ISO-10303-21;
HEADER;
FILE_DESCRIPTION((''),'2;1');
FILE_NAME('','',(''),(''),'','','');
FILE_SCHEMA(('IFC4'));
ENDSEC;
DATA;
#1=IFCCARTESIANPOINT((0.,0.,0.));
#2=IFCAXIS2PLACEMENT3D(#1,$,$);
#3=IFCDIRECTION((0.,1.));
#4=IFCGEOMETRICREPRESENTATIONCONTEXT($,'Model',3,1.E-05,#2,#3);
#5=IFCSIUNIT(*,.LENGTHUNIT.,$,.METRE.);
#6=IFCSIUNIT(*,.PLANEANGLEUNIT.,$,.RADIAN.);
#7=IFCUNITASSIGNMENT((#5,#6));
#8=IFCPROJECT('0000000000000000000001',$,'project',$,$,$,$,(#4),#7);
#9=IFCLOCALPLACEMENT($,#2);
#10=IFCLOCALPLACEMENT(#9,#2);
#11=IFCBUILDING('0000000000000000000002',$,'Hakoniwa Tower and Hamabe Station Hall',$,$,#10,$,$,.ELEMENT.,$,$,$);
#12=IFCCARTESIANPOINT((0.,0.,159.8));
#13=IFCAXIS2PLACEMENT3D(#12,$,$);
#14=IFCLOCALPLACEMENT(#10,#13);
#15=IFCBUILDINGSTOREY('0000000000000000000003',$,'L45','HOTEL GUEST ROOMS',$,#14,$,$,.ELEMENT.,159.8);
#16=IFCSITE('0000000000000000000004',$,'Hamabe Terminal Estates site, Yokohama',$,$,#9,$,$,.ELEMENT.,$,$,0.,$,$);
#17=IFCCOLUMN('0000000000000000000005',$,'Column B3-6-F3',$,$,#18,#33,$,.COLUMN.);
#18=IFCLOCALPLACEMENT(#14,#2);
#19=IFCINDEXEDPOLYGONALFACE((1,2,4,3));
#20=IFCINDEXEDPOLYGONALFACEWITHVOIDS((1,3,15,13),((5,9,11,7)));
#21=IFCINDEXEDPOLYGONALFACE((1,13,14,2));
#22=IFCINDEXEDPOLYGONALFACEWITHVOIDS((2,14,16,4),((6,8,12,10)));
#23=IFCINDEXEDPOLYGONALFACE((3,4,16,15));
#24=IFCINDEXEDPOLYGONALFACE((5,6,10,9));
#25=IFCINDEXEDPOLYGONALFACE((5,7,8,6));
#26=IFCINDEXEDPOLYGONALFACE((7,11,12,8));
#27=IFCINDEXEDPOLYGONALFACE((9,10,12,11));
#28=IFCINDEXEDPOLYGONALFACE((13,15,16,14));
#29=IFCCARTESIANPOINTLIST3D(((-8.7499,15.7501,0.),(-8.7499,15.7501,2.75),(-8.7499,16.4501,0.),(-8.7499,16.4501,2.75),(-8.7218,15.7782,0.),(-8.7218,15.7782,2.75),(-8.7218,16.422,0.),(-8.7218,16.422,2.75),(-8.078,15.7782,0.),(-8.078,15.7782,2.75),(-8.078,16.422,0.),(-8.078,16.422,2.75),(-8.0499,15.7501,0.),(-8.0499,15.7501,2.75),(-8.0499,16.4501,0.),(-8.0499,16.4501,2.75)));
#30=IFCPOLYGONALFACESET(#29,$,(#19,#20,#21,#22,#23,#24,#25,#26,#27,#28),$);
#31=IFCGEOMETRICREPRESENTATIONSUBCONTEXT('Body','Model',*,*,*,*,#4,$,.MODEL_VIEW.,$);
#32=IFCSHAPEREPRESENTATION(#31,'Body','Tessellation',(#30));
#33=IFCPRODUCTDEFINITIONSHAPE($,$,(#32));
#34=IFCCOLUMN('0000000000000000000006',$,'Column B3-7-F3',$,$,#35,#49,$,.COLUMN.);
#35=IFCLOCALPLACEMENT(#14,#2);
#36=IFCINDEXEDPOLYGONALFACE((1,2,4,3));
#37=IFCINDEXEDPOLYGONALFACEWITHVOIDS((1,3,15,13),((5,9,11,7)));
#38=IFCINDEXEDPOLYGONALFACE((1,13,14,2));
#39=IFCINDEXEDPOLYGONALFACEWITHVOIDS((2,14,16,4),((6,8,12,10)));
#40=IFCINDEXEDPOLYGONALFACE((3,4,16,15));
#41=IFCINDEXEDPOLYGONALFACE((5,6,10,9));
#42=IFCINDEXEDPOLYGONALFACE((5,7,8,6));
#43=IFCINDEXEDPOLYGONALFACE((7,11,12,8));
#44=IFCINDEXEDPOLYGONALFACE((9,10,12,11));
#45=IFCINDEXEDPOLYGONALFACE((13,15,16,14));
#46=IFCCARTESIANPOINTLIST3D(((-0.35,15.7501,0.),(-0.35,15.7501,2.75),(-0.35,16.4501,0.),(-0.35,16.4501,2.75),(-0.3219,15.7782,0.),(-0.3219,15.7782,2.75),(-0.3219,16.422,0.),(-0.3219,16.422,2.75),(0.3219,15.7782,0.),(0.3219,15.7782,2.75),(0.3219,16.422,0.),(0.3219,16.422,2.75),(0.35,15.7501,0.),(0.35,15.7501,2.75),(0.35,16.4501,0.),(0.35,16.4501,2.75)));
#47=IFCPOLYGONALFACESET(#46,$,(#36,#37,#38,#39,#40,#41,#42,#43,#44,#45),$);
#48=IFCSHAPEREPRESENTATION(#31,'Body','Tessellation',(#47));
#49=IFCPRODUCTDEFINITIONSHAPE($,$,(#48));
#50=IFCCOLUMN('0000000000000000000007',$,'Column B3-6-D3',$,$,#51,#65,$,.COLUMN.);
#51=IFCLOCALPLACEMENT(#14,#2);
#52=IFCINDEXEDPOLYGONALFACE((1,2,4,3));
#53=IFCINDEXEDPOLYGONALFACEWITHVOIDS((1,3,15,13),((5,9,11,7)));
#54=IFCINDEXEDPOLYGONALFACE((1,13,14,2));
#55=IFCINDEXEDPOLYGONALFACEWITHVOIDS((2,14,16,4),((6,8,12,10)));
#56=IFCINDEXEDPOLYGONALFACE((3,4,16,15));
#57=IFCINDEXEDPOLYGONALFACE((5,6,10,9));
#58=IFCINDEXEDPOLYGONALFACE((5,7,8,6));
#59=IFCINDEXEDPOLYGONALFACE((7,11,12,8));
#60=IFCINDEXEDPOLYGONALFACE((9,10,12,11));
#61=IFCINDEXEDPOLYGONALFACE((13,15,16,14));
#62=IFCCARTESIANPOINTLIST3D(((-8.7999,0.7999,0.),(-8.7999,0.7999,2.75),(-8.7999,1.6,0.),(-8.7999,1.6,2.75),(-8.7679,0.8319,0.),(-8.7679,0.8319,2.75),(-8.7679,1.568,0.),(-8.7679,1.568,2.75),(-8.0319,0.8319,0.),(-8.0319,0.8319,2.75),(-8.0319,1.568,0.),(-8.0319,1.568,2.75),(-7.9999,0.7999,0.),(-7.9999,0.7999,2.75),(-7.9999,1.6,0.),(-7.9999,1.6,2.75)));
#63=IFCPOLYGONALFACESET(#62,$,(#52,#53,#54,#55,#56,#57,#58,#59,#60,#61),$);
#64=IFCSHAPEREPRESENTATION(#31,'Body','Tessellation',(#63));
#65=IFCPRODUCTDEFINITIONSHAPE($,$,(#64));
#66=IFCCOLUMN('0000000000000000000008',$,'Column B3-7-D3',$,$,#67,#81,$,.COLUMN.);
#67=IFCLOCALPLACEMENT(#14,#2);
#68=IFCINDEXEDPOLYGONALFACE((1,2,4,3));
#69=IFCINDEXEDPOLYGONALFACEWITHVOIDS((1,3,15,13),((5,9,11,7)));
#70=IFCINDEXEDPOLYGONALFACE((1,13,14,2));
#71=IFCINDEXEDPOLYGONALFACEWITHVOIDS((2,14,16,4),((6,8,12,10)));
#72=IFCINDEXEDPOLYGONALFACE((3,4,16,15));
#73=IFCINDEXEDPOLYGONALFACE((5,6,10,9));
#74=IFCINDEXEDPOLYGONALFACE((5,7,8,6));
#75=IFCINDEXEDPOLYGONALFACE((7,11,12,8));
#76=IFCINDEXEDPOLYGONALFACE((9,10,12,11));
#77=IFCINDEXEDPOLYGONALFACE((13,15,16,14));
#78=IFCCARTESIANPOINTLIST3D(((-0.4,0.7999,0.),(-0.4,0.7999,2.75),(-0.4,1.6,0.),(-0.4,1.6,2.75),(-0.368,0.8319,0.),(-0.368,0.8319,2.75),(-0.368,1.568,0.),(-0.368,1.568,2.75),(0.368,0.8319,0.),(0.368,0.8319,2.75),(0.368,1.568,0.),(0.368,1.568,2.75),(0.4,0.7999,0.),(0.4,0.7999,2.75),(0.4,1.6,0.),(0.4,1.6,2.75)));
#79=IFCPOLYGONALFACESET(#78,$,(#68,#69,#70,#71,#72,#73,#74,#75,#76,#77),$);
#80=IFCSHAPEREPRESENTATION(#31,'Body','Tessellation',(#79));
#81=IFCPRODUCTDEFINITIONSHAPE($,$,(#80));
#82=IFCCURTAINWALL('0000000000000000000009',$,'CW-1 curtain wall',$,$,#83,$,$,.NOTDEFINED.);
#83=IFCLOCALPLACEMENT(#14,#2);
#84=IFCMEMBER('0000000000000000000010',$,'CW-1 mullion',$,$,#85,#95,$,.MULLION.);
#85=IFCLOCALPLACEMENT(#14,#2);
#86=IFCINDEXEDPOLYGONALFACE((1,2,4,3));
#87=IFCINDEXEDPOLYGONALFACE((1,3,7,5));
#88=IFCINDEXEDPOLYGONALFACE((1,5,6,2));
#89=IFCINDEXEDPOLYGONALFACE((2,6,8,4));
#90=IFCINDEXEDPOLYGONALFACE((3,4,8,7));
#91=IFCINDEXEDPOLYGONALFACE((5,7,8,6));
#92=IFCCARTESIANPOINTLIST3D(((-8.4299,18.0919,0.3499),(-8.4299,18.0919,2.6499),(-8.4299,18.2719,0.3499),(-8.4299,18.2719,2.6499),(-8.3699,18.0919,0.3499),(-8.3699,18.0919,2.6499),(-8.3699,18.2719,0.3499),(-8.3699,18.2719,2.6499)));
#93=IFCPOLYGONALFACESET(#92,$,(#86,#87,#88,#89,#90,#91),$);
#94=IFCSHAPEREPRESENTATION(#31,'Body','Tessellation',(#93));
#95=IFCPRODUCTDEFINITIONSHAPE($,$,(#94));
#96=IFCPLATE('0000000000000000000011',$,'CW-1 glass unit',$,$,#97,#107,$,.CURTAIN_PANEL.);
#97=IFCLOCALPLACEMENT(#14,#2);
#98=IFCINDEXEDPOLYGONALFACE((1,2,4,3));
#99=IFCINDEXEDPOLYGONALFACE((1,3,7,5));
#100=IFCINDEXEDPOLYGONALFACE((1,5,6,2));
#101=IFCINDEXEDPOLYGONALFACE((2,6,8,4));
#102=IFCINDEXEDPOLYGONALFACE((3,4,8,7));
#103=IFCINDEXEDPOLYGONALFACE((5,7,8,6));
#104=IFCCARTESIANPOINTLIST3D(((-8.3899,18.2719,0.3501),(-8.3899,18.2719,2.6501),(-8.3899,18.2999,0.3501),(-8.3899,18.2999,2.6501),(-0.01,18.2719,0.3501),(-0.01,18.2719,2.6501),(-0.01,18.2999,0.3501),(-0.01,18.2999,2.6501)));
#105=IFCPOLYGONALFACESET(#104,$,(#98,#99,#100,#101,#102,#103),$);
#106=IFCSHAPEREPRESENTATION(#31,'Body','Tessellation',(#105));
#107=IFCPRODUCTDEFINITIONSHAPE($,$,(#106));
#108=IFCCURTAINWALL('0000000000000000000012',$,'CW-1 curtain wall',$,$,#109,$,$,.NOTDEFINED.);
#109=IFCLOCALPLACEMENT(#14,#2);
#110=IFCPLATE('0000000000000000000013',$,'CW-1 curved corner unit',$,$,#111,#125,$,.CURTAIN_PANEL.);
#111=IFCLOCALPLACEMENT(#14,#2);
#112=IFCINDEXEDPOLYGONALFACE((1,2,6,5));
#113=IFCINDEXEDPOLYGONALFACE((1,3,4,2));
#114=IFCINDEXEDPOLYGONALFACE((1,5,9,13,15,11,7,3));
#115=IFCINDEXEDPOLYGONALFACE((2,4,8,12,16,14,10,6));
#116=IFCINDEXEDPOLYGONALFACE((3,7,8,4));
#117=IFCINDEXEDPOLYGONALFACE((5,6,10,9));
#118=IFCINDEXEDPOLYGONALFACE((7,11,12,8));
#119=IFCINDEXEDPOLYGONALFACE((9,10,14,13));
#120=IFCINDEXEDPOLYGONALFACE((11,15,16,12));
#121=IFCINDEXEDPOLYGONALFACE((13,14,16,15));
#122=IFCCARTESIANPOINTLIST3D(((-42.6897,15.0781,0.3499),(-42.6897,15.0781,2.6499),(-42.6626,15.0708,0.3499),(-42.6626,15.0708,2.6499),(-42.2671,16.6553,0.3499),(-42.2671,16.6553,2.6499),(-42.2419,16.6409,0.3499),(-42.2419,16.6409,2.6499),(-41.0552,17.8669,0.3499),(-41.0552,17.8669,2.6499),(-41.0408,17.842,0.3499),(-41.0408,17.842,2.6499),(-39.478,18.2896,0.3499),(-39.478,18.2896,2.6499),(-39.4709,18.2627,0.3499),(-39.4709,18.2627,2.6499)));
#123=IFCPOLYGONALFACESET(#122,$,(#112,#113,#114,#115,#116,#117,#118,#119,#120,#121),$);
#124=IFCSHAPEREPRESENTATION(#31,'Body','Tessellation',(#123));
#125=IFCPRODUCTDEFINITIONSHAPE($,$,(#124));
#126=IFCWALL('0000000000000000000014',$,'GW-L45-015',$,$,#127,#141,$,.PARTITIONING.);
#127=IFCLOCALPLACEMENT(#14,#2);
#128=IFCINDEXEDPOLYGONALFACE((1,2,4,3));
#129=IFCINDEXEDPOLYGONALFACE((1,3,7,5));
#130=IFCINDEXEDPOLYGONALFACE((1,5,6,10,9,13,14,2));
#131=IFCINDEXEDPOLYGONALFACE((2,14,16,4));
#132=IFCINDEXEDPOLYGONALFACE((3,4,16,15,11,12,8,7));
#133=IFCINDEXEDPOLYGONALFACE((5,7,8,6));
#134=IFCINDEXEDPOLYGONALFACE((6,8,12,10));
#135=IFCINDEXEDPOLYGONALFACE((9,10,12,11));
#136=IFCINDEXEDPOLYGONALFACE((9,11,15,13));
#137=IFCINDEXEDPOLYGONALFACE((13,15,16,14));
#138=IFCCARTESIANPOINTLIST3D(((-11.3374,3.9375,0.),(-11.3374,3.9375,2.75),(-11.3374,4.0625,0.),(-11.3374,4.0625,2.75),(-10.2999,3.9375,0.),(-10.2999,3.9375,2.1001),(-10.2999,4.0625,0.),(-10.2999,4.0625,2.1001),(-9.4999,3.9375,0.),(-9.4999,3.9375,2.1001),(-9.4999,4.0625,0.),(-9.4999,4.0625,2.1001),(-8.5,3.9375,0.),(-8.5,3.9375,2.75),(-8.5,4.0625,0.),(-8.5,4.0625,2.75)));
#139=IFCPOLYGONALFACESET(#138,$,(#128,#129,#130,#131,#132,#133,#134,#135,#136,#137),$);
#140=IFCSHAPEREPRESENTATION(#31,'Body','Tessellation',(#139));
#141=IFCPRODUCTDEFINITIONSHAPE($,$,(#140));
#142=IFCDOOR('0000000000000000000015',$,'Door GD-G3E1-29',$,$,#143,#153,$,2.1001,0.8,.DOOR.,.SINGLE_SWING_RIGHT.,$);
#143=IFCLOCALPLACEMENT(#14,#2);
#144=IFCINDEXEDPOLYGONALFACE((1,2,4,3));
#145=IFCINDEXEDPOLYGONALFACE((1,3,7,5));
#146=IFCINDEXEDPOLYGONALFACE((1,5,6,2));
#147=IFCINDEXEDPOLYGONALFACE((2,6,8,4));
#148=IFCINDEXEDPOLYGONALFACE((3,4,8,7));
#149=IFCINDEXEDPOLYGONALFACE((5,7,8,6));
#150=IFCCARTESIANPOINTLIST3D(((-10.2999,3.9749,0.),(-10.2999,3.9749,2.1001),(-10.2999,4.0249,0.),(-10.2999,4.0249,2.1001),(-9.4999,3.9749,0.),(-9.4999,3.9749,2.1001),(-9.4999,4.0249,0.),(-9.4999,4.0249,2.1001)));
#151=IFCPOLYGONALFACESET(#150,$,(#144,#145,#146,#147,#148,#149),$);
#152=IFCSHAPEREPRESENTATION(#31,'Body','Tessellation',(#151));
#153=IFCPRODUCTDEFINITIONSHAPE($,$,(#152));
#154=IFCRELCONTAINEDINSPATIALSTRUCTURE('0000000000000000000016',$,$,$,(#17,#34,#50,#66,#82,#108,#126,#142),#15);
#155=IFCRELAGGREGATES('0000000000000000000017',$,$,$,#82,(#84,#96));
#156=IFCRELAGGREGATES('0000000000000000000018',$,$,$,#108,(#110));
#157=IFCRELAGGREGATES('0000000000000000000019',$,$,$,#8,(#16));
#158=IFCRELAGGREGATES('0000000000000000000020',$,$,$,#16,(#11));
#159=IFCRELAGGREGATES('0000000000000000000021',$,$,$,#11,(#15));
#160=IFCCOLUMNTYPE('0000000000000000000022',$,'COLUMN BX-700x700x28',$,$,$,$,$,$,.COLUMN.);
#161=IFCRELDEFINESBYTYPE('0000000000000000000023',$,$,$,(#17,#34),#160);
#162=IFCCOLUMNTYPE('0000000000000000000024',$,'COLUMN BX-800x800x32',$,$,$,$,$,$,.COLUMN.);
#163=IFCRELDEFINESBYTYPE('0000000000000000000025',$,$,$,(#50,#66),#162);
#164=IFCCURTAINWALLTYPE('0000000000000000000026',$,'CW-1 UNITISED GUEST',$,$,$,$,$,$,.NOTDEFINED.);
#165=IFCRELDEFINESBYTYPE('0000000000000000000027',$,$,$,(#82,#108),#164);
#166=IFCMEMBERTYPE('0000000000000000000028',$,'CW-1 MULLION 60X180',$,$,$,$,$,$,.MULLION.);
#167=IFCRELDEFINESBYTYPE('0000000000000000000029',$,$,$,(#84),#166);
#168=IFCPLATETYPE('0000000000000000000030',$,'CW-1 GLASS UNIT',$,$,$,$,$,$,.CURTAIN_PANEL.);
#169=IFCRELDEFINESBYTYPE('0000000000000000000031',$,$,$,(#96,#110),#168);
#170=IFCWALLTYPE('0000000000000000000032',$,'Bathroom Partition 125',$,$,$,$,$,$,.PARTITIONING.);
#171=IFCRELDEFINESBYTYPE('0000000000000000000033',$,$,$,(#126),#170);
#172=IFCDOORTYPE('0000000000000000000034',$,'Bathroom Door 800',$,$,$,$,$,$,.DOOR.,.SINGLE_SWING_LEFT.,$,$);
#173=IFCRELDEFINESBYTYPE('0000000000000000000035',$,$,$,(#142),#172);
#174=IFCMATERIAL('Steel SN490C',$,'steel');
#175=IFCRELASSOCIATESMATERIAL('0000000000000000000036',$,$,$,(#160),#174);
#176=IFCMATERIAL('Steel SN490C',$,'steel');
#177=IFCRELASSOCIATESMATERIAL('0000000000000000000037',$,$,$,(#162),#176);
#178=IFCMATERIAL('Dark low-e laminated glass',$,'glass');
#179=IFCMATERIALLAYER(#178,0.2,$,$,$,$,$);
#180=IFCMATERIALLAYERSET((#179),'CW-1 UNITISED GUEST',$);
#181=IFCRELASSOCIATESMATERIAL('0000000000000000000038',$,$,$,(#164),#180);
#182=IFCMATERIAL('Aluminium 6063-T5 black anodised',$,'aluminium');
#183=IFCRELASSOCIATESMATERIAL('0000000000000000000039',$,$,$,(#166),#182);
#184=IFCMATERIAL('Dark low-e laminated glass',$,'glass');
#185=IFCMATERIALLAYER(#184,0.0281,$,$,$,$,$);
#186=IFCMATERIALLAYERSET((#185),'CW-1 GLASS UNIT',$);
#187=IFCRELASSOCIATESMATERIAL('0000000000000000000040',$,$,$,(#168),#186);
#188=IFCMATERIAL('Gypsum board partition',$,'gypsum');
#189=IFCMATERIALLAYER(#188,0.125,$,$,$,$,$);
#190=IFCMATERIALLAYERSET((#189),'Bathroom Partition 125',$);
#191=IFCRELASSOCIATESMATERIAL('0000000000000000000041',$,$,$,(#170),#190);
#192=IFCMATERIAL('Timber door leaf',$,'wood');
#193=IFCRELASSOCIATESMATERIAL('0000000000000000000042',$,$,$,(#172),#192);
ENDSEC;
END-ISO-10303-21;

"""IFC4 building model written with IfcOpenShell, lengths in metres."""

from ifc_helpers import new_model, si_unit, direction, frame, frame_2d, origin, origin_2d, place, context, subcontext, project, spatial, polyline, rectangle, hollow_rectangle, outline, extrude, material, layer, layer_set, material_profile, profile_set, type_object, element, fill, aggregate, save


model = new_model("IFC4")

# Units and contexts
model_context = context("Model", 3, precision=1e-05, world=origin(), true_north=direction((0.0, 1.0)))
body_context = subcontext(model_context, "Body", "Model", "MODEL_VIEW")
ifc_project = project(units=[si_unit("LENGTHUNIT", "METRE"), si_unit("PLANEANGLEUNIT", "RADIAN")], contexts=[model_context])

# Site, building, storey
site_placement = place(None, origin())
site = spatial("IfcSite", under=ifc_project, at=site_placement, Name="Hamabe Terminal Estates site, Yokohama", CompositionType="ELEMENT", RefElevation=0.0)
building_placement = place(site_placement, origin())
building = spatial("IfcBuilding", under=site, at=building_placement, Name="Hakoniwa Tower and Hamabe Station Hall", CompositionType="ELEMENT")
storey_placement = place(building_placement, frame((0.0, 0.0, 159.8)))
storey = spatial("IfcBuildingStorey", under=building, at=storey_placement, Name="L45", Description="HOTEL GUEST ROOMS", CompositionType="ELEMENT", Elevation=159.8)

# Columns
ifc_material_1 = material(Name="Steel SN490C", Category="steel")
ifc_material_profile_1 = material_profile(ifc_material_1, hollow_rectangle(XDim=0.7, YDim=0.7, WallThickness=0.0281, at=origin_2d()), Name="BX-700x700x28")
ifc_profile_set_1 = profile_set([ifc_material_profile_1], Name="Steel SN490C")
column_type_1 = type_object("IfcColumnType", Name="COLUMN BX-700x700x28", PredefinedType="COLUMN", material=ifc_profile_set_1)
for number, where, z_axis, x_axis, name in (
    (1, (-8.3999, 16.1001, 0.0), (0.0, 0.0, 1.0), (1.0, 0.0, 0.0), "Column B3-6-F3"),
    (2, (0.0, 16.1001, 0.0), (0.0, 0.0, 1.0), (1.0, 0.0, 0.0), "Column B3-7-F3"),
):
    element("IfcColumn", number, at=place(storey_placement, frame(where, z_axis=z_axis, x_axis=x_axis)), inside=storey, type_object=column_type_1, Name=name, PredefinedType="COLUMN", context=body_context, shape_type="SweptSolid", body=[
        extrude(hollow_rectangle(XDim=0.7, YDim=0.7, WallThickness=0.0281, at=origin_2d()), origin(), (0.0, 0.0, 1.0), 2.75),
    ])
ifc_material_2 = material(Name="Steel SN490C", Category="steel")
ifc_material_profile_2 = material_profile(ifc_material_2, hollow_rectangle(XDim=0.8, YDim=0.8, WallThickness=0.032, at=origin_2d()), Name="BX-800x800x32")
ifc_profile_set_2 = profile_set([ifc_material_profile_2], Name="Steel SN490C")
column_type_2 = type_object("IfcColumnType", Name="COLUMN BX-800x800x32", PredefinedType="COLUMN", material=ifc_profile_set_2)
for number, where, z_axis, x_axis, name in (
    (3, (-8.3999, 1.2, 0.0), (0.0, 0.0, 1.0), (1.0, 0.0, 0.0), "Column B3-6-D3"),
    (4, (0.0, 1.2, 0.0), (0.0, 0.0, 1.0), (1.0, 0.0, 0.0), "Column B3-7-D3"),
):
    element("IfcColumn", number, at=place(storey_placement, frame(where, z_axis=z_axis, x_axis=x_axis)), inside=storey, type_object=column_type_2, Name=name, PredefinedType="COLUMN", context=body_context, shape_type="SweptSolid", body=[
        extrude(hollow_rectangle(XDim=0.8, YDim=0.8, WallThickness=0.032, at=origin_2d()), origin(), (0.0, 0.0, 1.0), 2.75),
    ])

# Curtain wall, member, plate
ifc_material_3 = material(Name="Dark low-e laminated glass", Category="glass")
ifc_layer_1 = layer(ifc_material_3, 0.2)
ifc_layer_set_1 = layer_set([ifc_layer_1], Name="CW-1 UNITISED GUEST")
curtain_wall_type = type_object("IfcCurtainWallType", Name="CW-1 UNITISED GUEST", PredefinedType="NOTDEFINED", material=ifc_layer_set_1)
curtain_wall_1_placement = place(storey_placement, origin())
curtain_wall_1 = element("IfcCurtainWall", 5, at=curtain_wall_1_placement, inside=storey, type_object=curtain_wall_type, Name="CW-1 curtain wall", PredefinedType="NOTDEFINED")
ifc_material_4 = material(Name="Aluminium 6063-T5 black anodised", Category="aluminium")
ifc_material_profile_3 = material_profile(ifc_material_4, rectangle(XDim=0.0601, YDim=0.1799, at=origin_2d()), Name="CW-1 MULLION 60X180")
ifc_profile_set_3 = profile_set([ifc_material_profile_3], Name="Aluminium 6063-T5 black anodised")
member_type = type_object("IfcMemberType", Name="CW-1 MULLION 60X180", PredefinedType="MULLION", material=ifc_profile_set_3)
member_placement = place(storey_placement, frame((-8.3999, 18.1819, 0.3499), z_axis=(0.0, 0.0, 1.0), x_axis=(-1.0, 0.0, 0.0)))
member = element("IfcMember", 6, at=member_placement, type_object=member_type, Name="CW-1 mullion", PredefinedType="MULLION", context=body_context, shape_type="SweptSolid", body=[
    extrude(rectangle(XDim=0.0601, YDim=0.1799, at=origin_2d()), origin(), (0.0, 0.0, 1.0), 2.3),
])
ifc_material_5 = material(Name="Dark low-e laminated glass", Category="glass")
ifc_layer_2 = layer(ifc_material_5, 0.0281)
ifc_layer_set_2 = layer_set([ifc_layer_2], Name="CW-1 GLASS UNIT")
plate_type = type_object("IfcPlateType", Name="CW-1 GLASS UNIT", PredefinedType="CURTAIN_PANEL", material=ifc_layer_set_2)
plate_1_placement = place(storey_placement, frame((-4.2, 18.2859, 0.3501), z_axis=(0.0, 0.0, 1.0), x_axis=(-1.0, 0.0, 0.0)))
plate_1 = element("IfcPlate", 7, at=plate_1_placement, type_object=plate_type, Name="CW-1 glass unit", PredefinedType="CURTAIN_PANEL", context=body_context, shape_type="SweptSolid", body=[
    extrude(rectangle(XDim=8.3799, YDim=0.0281, at=origin_2d()), origin(), (0.0, 0.0, 1.0), 2.3),
])
aggregate(curtain_wall_1, [member, plate_1])

# Curtain wall, plate
curtain_wall_2_placement = place(storey_placement, origin())
curtain_wall_2 = element("IfcCurtainWall", 8, at=curtain_wall_2_placement, inside=storey, type_object=curtain_wall_type, Name="CW-1 curtain wall", PredefinedType="NOTDEFINED")
plate_2_placement = place(storey_placement, frame((0.0, 0.0, 0.3499)))
plate_2 = element("IfcPlate", 9, at=plate_2_placement, type_object=plate_type, Name="CW-1 curved corner unit", PredefinedType="CURTAIN_PANEL", context=body_context, shape_type="SweptSolid", body=[
    extrude(outline(polyline([(-39.478, 18.2896), (-41.0552, 17.8669), (-42.2671, 16.6553), (-42.6897, 15.0781), (-42.6626, 15.0708), (-42.2419, 16.6409), (-41.0408, 17.842), (-39.4709, 18.2627), (-39.478, 18.2896)])), origin(), (0.0, 0.0, 1.0), 2.3),
])
aggregate(curtain_wall_2, [plate_2])

# Wall, opening, door
ifc_material_6 = material(Name="Gypsum board partition", Category="gypsum")
ifc_layer_3 = layer(ifc_material_6, 0.125)
ifc_layer_set_3 = layer_set([ifc_layer_3], Name="Bathroom Partition 125")
wall_type_1 = type_object("IfcWallType", Name="Bathroom Partition 125", PredefinedType="PARTITIONING", material=ifc_layer_set_3)
wall_1_placement = place(storey_placement, frame((-11.3374, 4.0, 0.0), z_axis=(0.0, 0.0, 1.0), x_axis=(1.0, 0.0, 0.0)))
wall_1 = element("IfcWall", 10, at=wall_1_placement, inside=storey, type_object=wall_type_1, Name="GW-L45-015", PredefinedType="PARTITIONING", context=body_context, shape_type="SweptSolid", body=[
    extrude(rectangle(XDim=2.8374, YDim=0.125, at=frame_2d((1.4187, 0.0))), origin(), (0.0, 0.0, 1.0), 2.75),
])
opening_1_placement = place(wall_1_placement, frame((1.0376, 0.0, 0.0)))
opening_1 = element("IfcOpeningElement", 11, at=opening_1_placement, cuts=wall_1, PredefinedType="OPENING", context=body_context, shape_type="SweptSolid", body=[
    extrude(rectangle(XDim=0.8, YDim=2.1001, at=frame_2d((0.3999, 1.05))), frame((0.0, 0.0725, 0.0), z_axis=(0.0, -1.0, 0.0), x_axis=(1.0, 0.0, 0.0)), (0.0, 0.0, 1.0), 0.145),
])
ifc_material_7 = material(Name="Timber door leaf", Category="wood")
door_type_1 = type_object("IfcDoorType", Name="Bathroom Door 800", OperationType="SINGLE_SWING_LEFT", PredefinedType="DOOR", material=ifc_material_7)
door_1_placement = place(opening_1_placement, origin())
door_1 = element("IfcDoor", 12, at=door_1_placement, inside=storey, type_object=door_type_1, Name="Door GD-G3E1-29", OperationType="SINGLE_SWING_RIGHT", OverallHeight=2.1001, OverallWidth=0.8, PredefinedType="DOOR", context=body_context, shape_type="SweptSolid", body=[
    extrude(rectangle(XDim=0.8, YDim=2.1001, at=frame_2d((0.3999, 1.05))), frame((0.0, 0.0249, 0.0), z_axis=(0.0, -1.0, 0.0), x_axis=(1.0, 0.0, 0.0)), (0.0, 0.0, 1.0), 0.05),
])
fill(opening_1, door_1)

save(model, "model.ifc")
